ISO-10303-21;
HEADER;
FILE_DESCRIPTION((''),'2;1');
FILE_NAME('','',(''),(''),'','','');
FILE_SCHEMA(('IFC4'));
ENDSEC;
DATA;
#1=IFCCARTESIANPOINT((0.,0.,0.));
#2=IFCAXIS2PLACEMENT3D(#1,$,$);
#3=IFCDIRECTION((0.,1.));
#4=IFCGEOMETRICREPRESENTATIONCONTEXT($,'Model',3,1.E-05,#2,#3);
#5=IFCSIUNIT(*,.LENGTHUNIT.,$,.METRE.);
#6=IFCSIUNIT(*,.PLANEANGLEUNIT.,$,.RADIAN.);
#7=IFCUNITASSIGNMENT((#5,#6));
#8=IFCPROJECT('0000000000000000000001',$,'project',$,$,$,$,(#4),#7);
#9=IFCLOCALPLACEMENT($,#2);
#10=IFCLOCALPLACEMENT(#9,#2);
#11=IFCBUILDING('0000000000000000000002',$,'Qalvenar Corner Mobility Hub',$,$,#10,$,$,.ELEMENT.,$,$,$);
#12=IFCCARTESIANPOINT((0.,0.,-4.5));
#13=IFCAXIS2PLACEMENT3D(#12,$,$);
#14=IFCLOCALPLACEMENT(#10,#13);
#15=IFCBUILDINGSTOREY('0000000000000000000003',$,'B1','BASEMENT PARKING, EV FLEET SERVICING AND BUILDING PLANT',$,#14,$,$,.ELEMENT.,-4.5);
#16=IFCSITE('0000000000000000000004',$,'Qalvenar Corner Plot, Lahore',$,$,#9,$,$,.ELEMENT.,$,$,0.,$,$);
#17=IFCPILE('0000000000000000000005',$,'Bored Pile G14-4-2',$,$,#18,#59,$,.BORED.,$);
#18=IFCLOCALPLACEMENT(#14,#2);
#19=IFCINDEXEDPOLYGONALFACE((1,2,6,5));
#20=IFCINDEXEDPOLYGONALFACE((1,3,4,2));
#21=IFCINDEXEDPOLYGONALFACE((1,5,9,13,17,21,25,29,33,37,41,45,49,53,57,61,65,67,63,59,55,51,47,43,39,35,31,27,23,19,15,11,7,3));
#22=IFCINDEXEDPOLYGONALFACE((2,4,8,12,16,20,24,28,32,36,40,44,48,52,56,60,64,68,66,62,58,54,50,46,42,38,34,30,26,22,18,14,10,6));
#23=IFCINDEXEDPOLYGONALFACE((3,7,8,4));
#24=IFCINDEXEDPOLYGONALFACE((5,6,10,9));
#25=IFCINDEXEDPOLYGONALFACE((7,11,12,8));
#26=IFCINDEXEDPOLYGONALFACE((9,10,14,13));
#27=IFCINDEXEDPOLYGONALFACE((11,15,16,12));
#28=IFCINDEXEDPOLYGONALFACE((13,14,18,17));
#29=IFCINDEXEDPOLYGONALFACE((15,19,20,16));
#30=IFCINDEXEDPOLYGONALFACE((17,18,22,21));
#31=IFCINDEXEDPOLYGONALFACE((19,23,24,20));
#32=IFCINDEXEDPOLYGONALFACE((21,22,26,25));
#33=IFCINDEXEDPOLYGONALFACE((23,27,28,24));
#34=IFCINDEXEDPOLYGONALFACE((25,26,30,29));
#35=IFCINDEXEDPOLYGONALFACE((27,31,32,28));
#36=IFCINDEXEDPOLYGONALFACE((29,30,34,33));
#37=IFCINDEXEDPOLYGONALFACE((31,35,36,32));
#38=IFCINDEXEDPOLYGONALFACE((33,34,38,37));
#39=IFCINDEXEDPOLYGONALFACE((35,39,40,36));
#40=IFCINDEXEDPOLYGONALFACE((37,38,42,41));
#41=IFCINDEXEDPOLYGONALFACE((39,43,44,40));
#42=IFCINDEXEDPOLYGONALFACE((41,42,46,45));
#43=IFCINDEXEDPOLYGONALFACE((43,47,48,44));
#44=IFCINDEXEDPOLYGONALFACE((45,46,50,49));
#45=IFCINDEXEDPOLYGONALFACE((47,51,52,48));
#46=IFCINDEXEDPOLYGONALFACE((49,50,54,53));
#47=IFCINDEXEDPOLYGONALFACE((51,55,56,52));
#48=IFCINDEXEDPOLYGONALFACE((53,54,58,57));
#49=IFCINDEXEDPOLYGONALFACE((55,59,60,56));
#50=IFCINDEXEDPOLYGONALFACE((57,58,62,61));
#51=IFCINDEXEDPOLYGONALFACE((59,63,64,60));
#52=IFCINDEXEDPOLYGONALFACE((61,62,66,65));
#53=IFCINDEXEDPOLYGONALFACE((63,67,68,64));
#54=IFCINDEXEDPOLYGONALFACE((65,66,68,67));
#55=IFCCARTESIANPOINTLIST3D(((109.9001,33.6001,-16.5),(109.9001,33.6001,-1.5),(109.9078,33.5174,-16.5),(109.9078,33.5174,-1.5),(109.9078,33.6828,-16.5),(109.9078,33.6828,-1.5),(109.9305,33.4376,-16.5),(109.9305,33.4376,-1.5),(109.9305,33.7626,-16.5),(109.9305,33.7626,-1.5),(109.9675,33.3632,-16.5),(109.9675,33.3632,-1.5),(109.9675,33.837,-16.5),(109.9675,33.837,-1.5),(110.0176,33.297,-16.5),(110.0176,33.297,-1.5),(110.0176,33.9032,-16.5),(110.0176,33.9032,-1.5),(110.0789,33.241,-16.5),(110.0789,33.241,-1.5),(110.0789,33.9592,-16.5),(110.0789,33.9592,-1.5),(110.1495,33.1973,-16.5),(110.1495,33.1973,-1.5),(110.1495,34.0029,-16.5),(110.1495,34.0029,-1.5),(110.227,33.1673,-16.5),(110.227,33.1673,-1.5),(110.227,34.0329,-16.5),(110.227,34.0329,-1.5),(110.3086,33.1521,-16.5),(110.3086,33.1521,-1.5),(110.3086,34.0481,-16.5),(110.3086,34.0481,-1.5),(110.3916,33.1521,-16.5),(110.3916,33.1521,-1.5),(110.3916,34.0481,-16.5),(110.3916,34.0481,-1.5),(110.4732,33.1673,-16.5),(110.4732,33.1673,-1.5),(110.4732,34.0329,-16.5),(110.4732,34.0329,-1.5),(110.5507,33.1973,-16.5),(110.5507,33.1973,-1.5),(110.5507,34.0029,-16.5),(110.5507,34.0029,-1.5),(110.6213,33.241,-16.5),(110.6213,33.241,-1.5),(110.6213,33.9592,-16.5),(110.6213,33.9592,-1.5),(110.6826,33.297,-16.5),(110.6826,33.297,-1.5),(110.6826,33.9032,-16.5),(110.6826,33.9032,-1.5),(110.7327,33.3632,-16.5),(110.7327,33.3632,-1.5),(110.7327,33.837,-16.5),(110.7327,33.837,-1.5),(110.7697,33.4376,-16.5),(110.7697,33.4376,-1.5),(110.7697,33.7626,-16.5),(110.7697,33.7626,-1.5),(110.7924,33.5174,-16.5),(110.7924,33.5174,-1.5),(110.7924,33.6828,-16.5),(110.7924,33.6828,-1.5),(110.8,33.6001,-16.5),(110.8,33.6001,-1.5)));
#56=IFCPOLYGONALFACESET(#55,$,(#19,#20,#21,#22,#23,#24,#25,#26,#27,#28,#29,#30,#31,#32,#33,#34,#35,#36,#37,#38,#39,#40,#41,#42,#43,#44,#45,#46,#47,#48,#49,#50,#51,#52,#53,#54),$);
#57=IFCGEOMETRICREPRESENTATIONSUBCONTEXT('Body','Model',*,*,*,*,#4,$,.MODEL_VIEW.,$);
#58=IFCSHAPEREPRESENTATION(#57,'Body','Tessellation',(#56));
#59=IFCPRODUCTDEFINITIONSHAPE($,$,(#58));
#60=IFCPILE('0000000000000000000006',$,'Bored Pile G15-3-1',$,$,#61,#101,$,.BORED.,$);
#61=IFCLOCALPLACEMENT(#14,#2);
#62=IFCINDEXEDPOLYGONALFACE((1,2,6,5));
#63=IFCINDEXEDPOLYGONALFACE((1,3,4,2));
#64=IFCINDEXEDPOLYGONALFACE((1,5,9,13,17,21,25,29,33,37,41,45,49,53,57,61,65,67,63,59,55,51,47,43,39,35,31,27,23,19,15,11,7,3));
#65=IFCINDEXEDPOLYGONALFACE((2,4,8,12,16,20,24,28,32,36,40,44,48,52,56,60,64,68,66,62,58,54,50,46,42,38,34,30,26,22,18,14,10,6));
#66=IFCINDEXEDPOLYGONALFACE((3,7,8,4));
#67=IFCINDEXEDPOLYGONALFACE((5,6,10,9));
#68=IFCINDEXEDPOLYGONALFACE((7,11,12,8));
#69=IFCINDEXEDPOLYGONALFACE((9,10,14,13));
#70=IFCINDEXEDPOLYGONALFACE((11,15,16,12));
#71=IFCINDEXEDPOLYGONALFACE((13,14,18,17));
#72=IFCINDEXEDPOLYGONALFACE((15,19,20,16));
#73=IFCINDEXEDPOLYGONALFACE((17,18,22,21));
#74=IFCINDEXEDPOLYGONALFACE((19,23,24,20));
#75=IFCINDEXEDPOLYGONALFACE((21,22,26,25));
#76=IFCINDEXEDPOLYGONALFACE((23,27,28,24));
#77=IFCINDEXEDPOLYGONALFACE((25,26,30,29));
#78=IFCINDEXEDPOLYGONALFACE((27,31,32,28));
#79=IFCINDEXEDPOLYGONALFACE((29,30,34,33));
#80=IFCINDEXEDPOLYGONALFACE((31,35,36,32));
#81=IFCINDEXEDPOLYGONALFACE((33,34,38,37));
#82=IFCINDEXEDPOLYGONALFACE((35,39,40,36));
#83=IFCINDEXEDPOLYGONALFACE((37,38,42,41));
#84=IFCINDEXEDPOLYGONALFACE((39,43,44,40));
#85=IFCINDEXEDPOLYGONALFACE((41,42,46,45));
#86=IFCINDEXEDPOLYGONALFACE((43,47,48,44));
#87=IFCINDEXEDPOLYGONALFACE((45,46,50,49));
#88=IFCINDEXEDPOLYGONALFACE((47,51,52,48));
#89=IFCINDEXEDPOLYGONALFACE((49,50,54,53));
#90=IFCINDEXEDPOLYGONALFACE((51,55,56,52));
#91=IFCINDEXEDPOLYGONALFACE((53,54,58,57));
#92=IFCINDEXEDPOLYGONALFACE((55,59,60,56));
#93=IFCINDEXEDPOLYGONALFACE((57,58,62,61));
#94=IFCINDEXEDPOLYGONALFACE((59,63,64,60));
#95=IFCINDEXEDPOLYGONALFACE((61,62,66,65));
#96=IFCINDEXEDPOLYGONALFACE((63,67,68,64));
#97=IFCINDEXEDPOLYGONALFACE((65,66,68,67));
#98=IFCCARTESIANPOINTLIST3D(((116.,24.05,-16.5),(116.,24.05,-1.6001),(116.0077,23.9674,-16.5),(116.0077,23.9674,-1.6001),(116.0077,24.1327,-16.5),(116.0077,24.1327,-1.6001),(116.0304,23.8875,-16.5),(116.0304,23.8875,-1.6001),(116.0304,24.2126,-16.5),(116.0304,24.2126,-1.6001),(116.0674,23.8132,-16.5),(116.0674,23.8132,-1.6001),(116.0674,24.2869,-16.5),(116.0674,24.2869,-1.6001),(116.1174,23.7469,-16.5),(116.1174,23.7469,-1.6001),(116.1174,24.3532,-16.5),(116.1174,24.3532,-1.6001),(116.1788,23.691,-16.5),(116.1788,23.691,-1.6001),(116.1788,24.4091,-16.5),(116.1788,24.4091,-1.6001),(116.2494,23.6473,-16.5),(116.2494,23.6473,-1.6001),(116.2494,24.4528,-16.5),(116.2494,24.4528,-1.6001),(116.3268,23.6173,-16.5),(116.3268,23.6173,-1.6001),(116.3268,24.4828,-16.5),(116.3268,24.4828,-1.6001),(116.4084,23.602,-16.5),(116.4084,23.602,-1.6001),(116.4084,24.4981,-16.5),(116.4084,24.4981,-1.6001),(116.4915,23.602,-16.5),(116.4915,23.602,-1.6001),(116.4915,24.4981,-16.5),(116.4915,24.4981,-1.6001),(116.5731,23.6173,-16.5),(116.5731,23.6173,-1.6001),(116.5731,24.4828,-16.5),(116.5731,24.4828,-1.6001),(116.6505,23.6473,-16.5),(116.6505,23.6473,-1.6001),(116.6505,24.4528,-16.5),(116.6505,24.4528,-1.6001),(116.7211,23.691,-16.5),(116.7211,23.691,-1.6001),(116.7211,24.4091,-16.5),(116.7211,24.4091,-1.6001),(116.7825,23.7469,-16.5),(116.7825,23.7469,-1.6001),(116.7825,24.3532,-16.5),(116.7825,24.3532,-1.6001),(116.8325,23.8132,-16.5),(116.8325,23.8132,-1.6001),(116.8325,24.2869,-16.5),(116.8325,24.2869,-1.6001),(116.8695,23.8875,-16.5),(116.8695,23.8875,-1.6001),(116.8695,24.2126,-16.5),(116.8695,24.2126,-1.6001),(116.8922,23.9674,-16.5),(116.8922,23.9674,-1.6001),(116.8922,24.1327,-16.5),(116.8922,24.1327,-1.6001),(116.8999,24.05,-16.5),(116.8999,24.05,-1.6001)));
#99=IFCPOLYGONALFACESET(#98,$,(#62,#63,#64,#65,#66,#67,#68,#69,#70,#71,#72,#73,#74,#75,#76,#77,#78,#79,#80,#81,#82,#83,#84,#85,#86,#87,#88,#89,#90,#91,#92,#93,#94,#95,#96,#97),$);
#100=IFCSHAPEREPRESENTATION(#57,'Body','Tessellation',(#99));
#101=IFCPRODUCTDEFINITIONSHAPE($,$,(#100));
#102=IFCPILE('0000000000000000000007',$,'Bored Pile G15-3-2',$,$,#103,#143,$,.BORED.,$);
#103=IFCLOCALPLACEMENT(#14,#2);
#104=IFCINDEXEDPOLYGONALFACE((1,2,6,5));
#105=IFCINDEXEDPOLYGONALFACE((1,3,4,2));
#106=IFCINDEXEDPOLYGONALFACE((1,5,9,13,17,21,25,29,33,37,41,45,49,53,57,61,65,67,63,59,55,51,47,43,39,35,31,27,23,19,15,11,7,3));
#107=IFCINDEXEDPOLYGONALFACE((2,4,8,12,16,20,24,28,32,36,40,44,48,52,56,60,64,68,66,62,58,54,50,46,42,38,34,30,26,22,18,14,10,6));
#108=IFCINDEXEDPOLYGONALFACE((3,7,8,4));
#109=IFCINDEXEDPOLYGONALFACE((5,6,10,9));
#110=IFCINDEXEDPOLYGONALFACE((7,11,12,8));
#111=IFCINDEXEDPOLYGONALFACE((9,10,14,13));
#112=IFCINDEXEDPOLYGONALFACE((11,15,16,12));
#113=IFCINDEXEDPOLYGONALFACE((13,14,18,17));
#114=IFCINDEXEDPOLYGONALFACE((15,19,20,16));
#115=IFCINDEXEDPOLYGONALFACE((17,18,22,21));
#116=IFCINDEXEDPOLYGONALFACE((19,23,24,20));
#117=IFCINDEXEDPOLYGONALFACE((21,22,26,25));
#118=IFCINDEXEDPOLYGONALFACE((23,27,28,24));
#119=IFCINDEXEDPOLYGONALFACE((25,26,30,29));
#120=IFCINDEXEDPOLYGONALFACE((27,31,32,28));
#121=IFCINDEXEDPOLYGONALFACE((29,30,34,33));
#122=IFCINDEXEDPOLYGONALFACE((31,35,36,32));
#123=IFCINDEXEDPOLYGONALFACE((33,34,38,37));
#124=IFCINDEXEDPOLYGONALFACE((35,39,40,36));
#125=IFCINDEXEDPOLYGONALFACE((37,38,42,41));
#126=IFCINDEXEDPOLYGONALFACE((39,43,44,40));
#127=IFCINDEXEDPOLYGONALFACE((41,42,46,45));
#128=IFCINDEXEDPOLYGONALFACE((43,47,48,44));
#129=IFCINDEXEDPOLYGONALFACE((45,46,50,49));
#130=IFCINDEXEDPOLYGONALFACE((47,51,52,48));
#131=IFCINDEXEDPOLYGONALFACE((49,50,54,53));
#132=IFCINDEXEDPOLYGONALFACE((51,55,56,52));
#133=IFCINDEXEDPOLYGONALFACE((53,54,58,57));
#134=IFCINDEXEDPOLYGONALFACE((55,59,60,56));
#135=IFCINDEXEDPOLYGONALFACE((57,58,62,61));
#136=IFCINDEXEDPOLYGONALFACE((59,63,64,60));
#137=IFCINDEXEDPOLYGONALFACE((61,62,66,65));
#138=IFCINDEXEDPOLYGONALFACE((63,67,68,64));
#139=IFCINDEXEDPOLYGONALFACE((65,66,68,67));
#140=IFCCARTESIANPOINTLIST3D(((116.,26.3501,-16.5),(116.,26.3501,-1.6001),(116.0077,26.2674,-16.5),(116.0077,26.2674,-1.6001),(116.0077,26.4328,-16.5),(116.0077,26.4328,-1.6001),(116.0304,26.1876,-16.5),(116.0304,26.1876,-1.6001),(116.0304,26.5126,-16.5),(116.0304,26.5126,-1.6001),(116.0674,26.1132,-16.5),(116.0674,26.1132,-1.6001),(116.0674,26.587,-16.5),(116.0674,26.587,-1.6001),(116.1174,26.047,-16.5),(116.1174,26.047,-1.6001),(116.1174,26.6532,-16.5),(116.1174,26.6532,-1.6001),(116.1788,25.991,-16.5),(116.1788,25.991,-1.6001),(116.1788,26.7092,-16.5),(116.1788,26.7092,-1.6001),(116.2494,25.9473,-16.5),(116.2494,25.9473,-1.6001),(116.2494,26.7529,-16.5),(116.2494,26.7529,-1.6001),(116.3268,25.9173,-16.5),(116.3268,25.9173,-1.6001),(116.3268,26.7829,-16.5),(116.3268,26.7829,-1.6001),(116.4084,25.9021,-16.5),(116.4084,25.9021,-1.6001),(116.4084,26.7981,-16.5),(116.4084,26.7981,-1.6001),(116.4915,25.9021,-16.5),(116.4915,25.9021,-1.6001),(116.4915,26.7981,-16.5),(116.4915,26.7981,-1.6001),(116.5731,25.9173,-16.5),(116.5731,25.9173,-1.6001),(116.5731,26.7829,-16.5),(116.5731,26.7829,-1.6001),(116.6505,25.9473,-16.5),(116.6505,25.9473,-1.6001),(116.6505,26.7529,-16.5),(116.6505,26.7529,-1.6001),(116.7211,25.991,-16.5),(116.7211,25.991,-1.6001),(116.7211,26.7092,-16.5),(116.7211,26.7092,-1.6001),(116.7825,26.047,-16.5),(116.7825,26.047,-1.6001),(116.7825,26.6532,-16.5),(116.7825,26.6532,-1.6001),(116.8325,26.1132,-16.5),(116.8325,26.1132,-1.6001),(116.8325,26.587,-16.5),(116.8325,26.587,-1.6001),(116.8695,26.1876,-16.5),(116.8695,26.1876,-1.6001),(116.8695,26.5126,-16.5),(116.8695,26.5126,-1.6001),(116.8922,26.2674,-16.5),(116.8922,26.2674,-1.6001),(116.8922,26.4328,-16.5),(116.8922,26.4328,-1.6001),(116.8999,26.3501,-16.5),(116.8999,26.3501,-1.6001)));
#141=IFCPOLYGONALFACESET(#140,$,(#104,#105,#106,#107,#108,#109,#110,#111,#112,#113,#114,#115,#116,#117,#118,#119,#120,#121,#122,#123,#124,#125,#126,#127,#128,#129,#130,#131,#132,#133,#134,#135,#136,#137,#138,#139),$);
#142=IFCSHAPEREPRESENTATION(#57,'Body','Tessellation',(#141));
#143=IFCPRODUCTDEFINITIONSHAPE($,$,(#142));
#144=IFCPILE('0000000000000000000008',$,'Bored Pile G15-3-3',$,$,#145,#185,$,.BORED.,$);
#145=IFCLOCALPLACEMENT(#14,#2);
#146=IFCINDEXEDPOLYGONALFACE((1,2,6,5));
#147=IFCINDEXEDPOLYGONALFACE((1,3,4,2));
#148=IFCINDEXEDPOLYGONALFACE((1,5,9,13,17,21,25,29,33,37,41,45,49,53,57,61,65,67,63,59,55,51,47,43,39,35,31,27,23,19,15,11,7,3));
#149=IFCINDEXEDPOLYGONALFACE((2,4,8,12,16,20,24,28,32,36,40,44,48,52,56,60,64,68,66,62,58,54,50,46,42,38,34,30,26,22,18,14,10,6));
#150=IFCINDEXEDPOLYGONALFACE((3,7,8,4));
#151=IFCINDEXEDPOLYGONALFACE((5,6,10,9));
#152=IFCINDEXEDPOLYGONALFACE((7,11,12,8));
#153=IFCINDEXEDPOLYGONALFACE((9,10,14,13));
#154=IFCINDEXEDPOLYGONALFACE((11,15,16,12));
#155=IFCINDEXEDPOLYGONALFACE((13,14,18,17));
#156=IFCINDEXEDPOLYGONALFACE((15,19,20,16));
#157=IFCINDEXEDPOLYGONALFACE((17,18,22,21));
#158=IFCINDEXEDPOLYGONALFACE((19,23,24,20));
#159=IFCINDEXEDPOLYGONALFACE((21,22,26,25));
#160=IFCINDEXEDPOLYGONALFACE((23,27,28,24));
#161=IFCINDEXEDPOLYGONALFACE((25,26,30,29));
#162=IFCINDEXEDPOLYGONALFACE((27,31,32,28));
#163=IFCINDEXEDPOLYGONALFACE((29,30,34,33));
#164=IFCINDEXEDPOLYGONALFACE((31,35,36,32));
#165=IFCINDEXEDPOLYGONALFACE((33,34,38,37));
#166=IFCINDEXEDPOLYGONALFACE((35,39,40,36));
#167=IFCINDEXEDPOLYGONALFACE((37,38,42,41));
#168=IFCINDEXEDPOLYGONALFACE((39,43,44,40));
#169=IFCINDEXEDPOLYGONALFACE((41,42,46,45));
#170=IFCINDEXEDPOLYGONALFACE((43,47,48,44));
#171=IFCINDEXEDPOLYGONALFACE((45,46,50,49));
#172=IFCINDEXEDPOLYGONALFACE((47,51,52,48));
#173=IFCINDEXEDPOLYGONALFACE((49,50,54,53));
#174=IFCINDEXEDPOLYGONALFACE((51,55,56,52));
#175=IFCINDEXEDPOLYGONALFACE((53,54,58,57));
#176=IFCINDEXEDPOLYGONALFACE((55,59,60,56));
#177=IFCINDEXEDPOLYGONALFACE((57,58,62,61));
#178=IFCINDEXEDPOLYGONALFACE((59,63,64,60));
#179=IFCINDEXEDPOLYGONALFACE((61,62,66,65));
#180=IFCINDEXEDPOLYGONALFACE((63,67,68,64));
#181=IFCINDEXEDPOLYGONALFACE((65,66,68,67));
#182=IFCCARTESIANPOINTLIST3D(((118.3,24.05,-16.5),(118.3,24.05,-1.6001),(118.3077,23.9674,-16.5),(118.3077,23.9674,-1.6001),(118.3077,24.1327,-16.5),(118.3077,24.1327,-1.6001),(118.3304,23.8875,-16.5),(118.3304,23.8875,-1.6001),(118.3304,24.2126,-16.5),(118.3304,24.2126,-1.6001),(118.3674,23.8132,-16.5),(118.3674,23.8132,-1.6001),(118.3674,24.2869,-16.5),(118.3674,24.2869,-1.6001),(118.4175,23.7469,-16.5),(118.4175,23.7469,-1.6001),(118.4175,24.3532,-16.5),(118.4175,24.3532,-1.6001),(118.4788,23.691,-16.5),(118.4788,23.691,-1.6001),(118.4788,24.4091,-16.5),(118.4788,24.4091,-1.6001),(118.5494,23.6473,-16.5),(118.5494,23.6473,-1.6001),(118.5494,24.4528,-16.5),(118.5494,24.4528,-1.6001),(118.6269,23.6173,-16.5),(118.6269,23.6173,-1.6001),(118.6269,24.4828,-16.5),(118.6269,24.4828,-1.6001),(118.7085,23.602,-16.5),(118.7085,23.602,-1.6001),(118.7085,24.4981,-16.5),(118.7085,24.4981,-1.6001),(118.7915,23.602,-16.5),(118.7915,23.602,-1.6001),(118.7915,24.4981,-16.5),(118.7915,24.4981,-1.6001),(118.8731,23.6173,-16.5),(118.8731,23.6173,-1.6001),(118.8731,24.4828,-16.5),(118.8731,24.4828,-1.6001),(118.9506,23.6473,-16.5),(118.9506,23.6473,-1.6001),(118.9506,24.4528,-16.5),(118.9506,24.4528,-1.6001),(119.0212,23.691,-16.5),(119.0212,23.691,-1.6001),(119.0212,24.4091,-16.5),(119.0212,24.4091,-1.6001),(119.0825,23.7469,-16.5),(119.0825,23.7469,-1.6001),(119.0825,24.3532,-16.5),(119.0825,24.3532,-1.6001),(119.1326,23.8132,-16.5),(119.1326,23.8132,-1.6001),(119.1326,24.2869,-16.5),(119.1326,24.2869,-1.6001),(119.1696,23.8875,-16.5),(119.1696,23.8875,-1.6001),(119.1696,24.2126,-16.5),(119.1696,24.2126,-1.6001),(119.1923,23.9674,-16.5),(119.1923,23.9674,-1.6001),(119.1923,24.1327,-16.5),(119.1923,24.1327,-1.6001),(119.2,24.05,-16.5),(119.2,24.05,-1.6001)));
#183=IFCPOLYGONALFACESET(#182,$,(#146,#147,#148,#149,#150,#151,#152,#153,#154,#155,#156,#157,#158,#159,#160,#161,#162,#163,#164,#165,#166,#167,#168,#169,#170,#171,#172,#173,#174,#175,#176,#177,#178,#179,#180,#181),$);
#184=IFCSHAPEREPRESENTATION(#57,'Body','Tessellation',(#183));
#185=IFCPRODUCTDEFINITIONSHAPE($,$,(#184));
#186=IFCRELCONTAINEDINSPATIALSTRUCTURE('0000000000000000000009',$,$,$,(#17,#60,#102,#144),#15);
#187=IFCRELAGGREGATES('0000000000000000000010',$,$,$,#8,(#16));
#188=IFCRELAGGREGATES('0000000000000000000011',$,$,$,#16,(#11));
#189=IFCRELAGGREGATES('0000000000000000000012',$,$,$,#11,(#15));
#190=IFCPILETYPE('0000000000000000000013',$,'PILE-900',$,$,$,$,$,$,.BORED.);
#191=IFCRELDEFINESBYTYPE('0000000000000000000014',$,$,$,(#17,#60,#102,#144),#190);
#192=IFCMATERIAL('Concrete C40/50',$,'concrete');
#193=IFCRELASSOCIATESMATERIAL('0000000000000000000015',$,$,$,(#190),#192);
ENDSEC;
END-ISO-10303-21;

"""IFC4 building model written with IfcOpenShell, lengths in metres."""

from ifc_helpers import new_model, si_unit, direction, frame, origin, origin_2d, place, context, subcontext, project, spatial, circle, extrude, material, material_profile, profile_set, type_object, element, save


model = new_model("IFC4")

# Units and contexts
model_context = context("Model", 3, precision=1e-05, world=origin(), true_north=direction((0.0, 1.0)))
body_context = subcontext(model_context, "Body", "Model", "MODEL_VIEW")
ifc_project = project(units=[si_unit("LENGTHUNIT", "METRE"), si_unit("PLANEANGLEUNIT", "RADIAN")], contexts=[model_context])

# Site, building, storey
site_placement = place(None, origin())
site = spatial("IfcSite", under=ifc_project, at=site_placement, Name="Qalvenar Corner Plot, Lahore", CompositionType="ELEMENT", RefElevation=0.0)
building_placement = place(site_placement, origin())
building = spatial("IfcBuilding", under=site, at=building_placement, Name="Qalvenar Corner Mobility Hub", CompositionType="ELEMENT")
storey_placement = place(building_placement, frame((0.0, 0.0, -4.5)))
storey = spatial("IfcBuildingStorey", under=building, at=storey_placement, Name="B1", Description="BASEMENT PARKING, EV FLEET SERVICING AND BUILDING PLANT", CompositionType="ELEMENT", Elevation=-4.5)

# Shared definitions
ifc_material_1 = material(Name="Concrete C40/50", Category="concrete")

# Piles
ifc_material_profile_1 = material_profile(ifc_material_1, circle(Radius=0.45, at=origin_2d()), Name="DIA900")
ifc_profile_set_1 = profile_set([ifc_material_profile_1], Name="Concrete C40/50")
pile_type_1 = type_object("IfcPileType", Name="PILE-900", PredefinedType="BORED", material=ifc_profile_set_1)
for number, where, z_axis, x_axis, name in (
    (1, (110.3501, 33.6001, -1.5), (0.0, 0.0, -1.0), (1.0, 0.0, 0.0), "Bored Pile G14-4-2"),
):
    element("IfcPile", number, at=place(storey_placement, frame(where, z_axis=z_axis, x_axis=x_axis)), inside=storey, type_object=pile_type_1, Name=name, PredefinedType="BORED", context=body_context, shape_type="SweptSolid", body=[
        extrude(circle(Radius=0.45, at=origin_2d()), origin(), (0.0, 0.0, 1.0), 15.0),
    ])
for number, where, z_axis, x_axis, name in (
    (2, (116.45, 24.05, -1.6001), (0.0, 0.0, -1.0), (1.0, 0.0, 0.0), "Bored Pile G15-3-1"),
    (3, (116.45, 26.3501, -1.6001), (0.0, 0.0, -1.0), (1.0, 0.0, 0.0), "Bored Pile G15-3-2"),
    (4, (118.75, 24.05, -1.6001), (0.0, 0.0, -1.0), (1.0, 0.0, 0.0), "Bored Pile G15-3-3"),
):
    element("IfcPile", number, at=place(storey_placement, frame(where, z_axis=z_axis, x_axis=x_axis)), inside=storey, type_object=pile_type_1, Name=name, PredefinedType="BORED", context=body_context, shape_type="SweptSolid", body=[
        extrude(circle(Radius=0.45, at=origin_2d()), origin(), (0.0, 0.0, 1.0), 14.8999),
    ])

save(model, "model.ifc")
